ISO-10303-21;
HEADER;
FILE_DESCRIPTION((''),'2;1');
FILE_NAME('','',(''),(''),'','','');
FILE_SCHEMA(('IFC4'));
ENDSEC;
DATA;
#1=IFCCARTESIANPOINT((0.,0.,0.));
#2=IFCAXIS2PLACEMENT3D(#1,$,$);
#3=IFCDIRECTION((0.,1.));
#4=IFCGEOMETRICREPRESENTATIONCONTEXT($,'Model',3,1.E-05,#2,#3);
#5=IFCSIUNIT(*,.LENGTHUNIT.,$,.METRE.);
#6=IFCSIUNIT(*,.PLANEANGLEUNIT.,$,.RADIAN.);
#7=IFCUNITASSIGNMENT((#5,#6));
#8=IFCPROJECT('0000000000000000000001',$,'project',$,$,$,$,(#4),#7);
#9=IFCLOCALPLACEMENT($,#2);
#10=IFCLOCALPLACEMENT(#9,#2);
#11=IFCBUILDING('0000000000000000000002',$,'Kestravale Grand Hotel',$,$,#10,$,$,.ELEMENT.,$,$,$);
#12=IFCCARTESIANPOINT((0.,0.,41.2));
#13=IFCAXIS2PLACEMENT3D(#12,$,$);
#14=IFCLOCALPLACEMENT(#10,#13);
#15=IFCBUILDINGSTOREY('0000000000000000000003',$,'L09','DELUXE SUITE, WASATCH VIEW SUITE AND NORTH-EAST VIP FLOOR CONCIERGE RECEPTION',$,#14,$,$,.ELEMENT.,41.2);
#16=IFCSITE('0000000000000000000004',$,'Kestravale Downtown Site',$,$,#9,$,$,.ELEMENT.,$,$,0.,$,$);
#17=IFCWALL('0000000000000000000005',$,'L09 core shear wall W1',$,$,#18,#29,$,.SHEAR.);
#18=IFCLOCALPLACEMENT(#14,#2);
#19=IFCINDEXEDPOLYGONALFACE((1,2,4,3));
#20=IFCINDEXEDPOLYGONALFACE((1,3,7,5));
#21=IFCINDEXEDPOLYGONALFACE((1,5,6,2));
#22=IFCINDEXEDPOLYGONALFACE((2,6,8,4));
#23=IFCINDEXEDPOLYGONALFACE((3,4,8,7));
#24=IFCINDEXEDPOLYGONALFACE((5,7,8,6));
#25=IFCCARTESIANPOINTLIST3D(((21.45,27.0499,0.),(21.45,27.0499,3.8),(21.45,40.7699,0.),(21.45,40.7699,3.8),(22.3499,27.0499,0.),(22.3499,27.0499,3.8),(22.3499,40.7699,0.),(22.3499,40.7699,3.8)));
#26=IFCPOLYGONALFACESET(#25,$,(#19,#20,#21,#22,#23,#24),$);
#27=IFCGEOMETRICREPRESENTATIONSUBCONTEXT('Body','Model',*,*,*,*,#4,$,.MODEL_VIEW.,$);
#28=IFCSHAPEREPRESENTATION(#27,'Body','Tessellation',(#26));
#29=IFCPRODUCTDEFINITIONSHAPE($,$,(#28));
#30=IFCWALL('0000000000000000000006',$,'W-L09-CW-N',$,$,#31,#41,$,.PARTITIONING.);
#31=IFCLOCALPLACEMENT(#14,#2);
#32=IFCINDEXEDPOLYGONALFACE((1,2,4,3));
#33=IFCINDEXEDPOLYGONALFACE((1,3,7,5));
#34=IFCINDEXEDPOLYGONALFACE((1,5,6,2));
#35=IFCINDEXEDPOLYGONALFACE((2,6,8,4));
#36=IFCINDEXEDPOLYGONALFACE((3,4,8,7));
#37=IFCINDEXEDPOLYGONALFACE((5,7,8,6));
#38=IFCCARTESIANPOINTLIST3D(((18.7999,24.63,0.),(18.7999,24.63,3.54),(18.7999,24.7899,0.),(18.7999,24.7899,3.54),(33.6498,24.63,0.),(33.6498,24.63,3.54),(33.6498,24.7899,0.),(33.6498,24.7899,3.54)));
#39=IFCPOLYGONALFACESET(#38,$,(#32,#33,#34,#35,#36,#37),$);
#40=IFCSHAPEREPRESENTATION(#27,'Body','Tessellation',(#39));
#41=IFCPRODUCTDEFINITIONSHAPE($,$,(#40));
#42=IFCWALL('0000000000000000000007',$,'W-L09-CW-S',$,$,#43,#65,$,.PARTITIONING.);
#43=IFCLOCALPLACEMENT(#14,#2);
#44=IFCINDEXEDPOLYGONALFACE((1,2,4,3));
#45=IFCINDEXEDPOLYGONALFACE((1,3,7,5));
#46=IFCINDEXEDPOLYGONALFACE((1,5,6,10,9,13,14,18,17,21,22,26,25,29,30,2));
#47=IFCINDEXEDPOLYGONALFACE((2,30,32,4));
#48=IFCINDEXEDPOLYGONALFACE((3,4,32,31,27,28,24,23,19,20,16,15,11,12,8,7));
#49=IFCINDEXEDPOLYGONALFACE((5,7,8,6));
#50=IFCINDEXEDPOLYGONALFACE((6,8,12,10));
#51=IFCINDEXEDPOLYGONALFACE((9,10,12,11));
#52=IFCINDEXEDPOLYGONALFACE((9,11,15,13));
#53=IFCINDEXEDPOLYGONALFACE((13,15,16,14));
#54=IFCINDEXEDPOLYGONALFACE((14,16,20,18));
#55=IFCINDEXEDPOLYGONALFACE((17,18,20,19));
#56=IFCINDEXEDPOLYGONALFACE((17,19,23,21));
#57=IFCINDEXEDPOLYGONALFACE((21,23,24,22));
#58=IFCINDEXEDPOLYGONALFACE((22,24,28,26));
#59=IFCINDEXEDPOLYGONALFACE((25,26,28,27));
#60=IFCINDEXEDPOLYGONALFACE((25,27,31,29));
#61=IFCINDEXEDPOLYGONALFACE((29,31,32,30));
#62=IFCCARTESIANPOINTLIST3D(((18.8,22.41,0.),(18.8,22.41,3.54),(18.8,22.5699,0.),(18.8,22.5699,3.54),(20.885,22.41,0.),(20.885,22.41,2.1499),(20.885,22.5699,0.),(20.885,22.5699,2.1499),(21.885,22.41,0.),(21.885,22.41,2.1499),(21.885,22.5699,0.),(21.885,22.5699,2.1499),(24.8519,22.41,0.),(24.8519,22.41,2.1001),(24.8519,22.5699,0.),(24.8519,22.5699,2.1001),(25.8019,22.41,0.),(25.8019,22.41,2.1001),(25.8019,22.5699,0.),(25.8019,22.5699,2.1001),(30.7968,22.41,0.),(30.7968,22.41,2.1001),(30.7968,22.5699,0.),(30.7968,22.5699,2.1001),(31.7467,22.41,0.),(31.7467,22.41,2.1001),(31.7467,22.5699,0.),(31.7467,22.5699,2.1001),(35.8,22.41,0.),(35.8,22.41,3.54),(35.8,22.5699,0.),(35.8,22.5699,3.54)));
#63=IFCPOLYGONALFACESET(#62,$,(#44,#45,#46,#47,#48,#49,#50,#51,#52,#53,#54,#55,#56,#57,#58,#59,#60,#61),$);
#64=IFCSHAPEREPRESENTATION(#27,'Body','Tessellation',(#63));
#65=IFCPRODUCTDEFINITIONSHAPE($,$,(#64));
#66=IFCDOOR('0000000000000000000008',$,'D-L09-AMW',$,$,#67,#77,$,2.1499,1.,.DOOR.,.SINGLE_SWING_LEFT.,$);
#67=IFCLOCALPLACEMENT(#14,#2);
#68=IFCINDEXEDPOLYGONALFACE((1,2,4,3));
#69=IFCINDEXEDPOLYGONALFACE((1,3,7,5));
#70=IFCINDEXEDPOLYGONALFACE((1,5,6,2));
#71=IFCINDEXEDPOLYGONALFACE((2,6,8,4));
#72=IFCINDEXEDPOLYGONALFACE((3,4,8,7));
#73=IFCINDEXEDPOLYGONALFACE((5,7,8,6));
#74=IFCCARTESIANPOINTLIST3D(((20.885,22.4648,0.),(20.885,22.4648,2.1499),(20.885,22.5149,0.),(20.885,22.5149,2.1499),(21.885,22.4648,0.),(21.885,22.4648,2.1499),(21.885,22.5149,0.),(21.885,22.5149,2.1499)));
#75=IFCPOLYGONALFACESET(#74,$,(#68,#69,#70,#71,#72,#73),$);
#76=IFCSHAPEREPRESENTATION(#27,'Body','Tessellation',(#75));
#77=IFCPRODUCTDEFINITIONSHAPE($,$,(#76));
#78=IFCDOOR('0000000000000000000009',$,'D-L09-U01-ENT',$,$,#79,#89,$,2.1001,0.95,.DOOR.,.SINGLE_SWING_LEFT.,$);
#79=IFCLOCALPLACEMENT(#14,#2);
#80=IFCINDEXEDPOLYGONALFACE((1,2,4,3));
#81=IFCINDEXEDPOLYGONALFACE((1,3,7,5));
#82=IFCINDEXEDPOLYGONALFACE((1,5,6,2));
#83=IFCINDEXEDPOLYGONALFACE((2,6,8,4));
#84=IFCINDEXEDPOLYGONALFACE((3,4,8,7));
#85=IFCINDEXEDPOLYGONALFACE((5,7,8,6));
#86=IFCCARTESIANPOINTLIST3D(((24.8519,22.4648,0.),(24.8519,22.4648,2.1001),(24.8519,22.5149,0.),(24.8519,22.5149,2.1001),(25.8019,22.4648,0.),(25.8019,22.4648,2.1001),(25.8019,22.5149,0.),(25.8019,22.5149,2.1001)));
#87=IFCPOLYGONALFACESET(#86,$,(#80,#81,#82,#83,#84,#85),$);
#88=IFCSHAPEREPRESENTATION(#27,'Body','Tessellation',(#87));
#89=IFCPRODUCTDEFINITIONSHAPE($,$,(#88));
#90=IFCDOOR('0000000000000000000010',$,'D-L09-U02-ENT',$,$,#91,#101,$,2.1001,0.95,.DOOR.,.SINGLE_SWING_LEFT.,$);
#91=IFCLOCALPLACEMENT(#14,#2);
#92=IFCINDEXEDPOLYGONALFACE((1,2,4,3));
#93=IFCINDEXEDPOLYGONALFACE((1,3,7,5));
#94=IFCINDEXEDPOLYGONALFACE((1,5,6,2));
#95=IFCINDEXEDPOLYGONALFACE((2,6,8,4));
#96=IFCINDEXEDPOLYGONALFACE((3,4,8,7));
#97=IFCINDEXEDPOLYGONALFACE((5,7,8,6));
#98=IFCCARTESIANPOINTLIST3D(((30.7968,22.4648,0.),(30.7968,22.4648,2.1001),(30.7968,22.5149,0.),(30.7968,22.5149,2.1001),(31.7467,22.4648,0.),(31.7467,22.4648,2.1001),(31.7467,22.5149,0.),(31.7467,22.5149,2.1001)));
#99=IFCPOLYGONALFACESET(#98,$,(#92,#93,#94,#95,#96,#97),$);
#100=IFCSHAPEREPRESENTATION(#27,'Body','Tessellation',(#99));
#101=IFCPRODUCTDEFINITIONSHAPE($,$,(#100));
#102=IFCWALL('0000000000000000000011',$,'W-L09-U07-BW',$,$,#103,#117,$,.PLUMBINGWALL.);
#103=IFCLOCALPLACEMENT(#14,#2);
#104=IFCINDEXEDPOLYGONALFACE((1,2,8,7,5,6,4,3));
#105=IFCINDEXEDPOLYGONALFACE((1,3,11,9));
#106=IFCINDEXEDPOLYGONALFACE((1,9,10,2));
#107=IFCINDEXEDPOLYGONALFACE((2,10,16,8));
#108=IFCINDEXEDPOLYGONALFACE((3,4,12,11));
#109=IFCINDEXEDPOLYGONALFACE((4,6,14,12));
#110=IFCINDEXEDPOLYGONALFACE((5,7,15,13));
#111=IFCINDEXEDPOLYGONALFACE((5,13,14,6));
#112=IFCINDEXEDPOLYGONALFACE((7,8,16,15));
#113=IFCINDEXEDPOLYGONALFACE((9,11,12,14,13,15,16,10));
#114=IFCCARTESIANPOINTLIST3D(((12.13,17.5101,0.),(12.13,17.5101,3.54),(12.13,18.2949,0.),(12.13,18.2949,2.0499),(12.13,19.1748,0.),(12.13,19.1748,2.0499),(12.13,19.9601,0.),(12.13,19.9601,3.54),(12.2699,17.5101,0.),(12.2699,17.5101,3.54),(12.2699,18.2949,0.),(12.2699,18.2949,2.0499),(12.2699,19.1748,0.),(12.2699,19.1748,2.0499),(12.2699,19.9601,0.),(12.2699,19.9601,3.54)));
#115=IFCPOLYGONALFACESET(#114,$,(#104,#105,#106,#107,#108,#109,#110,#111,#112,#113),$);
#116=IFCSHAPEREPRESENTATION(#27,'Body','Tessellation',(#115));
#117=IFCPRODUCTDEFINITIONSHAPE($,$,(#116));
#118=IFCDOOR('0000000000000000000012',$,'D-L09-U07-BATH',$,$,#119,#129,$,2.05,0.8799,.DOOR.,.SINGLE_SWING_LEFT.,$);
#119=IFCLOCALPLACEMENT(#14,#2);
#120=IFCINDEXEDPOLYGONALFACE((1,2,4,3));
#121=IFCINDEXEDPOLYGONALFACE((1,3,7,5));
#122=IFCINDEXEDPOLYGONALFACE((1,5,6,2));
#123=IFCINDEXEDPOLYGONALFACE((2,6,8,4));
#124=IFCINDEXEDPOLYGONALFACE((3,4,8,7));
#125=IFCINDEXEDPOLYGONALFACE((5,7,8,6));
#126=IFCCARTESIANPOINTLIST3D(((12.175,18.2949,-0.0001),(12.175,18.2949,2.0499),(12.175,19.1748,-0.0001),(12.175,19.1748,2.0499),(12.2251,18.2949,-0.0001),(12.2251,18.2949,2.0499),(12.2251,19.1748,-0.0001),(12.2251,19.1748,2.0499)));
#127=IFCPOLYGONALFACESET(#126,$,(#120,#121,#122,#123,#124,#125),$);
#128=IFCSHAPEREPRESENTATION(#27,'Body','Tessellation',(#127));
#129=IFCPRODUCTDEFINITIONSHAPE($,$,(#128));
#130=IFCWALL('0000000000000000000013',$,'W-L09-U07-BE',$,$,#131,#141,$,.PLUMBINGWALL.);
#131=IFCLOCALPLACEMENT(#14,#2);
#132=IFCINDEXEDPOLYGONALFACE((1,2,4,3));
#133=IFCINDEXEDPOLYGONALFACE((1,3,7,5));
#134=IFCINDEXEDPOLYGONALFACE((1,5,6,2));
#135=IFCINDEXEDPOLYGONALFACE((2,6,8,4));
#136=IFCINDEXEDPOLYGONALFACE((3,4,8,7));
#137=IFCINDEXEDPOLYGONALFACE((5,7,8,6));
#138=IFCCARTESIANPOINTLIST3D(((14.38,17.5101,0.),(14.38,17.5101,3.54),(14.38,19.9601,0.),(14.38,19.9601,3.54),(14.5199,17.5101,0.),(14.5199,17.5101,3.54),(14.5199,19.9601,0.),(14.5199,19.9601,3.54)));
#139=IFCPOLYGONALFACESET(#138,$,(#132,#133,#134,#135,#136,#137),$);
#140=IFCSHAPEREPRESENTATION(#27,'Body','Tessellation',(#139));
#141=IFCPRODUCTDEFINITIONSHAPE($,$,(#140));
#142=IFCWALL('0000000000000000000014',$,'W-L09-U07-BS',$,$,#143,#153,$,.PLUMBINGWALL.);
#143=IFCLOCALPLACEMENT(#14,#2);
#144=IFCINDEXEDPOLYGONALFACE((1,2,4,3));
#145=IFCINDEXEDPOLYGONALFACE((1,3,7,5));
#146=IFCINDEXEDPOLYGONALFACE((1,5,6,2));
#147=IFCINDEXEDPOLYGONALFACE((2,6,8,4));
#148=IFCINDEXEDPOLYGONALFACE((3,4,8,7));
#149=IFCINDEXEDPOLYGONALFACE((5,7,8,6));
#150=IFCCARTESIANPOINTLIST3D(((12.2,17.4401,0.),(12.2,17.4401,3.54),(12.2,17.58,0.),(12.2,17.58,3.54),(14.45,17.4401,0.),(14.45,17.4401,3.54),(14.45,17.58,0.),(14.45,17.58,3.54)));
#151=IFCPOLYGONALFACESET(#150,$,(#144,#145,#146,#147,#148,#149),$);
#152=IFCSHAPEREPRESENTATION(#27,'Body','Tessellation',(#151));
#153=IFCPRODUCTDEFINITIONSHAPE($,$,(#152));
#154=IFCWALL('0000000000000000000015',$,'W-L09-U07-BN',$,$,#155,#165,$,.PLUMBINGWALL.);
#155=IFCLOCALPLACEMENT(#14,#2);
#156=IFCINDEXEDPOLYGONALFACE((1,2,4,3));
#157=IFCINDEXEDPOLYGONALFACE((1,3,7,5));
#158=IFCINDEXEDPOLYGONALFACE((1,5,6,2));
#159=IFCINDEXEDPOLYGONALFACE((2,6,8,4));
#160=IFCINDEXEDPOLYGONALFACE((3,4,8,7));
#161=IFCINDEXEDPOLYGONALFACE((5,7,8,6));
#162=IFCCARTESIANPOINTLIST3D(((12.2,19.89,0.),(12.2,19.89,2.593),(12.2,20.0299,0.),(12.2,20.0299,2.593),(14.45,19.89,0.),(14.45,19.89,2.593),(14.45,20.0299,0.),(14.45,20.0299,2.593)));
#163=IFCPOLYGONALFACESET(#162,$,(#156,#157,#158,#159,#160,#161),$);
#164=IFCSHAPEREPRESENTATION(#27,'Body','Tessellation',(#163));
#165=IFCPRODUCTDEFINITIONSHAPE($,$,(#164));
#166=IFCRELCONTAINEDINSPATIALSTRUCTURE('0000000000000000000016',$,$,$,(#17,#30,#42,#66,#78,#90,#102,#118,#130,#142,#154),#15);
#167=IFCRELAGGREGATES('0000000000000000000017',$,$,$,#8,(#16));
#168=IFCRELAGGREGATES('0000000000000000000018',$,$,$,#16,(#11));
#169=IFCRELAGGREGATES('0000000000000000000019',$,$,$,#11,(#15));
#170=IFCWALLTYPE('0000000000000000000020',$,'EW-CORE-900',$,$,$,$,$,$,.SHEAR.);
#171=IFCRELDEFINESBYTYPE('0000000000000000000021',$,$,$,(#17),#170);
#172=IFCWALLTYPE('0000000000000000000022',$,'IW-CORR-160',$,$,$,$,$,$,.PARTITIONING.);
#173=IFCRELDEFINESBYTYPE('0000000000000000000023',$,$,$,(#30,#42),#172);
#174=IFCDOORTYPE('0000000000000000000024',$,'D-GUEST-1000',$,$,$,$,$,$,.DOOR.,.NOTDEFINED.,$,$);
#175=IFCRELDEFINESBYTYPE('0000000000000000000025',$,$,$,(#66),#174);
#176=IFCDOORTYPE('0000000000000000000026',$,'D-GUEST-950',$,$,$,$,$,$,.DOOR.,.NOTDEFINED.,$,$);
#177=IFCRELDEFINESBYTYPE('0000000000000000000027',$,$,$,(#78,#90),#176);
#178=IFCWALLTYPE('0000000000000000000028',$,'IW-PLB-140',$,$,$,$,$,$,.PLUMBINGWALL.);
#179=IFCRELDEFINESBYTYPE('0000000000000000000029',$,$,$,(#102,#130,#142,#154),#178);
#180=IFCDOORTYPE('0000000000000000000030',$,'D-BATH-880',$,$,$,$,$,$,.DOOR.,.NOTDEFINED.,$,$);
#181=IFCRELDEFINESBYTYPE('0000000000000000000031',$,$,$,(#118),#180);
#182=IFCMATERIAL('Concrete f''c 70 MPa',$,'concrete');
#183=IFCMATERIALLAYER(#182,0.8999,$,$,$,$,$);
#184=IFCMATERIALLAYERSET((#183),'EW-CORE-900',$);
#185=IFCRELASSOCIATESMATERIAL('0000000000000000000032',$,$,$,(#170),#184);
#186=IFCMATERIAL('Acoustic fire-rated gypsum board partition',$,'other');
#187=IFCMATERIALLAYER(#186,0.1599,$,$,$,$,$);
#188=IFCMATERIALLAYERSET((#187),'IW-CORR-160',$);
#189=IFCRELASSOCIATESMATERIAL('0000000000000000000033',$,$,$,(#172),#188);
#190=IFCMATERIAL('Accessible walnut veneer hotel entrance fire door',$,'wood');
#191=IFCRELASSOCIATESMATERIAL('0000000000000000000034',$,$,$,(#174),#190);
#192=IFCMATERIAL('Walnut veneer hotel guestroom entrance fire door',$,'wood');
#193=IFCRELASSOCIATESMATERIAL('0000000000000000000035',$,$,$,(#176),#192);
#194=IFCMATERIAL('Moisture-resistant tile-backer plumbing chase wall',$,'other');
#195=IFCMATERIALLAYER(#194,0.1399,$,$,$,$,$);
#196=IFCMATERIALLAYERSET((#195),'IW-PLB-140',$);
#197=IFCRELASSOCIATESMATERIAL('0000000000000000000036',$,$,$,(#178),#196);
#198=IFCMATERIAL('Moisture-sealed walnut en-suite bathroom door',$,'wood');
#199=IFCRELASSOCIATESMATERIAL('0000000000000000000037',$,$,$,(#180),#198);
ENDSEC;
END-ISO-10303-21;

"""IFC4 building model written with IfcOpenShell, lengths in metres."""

from ifc_helpers import new_model, si_unit, direction, frame, frame_2d, origin, place, context, subcontext, project, spatial, rectangle, extrude, material, layer, layer_set, type_object, element, fill, save


model = new_model("IFC4")

# Units and contexts
model_context = context("Model", 3, precision=1e-05, world=origin(), true_north=direction((0.0, 1.0)))
body_context = subcontext(model_context, "Body", "Model", "MODEL_VIEW")
ifc_project = project(units=[si_unit("LENGTHUNIT", "METRE"), si_unit("PLANEANGLEUNIT", "RADIAN")], contexts=[model_context])

# Site, building, storey
site_placement = place(None, origin())
site = spatial("IfcSite", under=ifc_project, at=site_placement, Name="Kestravale Downtown Site", CompositionType="ELEMENT", RefElevation=0.0)
building_placement = place(site_placement, origin())
building = spatial("IfcBuilding", under=site, at=building_placement, Name="Kestravale Grand Hotel", CompositionType="ELEMENT")
storey_placement = place(building_placement, frame((0.0, 0.0, 41.2)))
storey = spatial("IfcBuildingStorey", under=building, at=storey_placement, Name="L09", Description="DELUXE SUITE, WASATCH VIEW SUITE AND NORTH-EAST VIP FLOOR CONCIERGE RECEPTION", CompositionType="ELEMENT", Elevation=41.2)

# Walls
ifc_material_1 = material(Name="Concrete f'c 70 MPa", Category="concrete")
ifc_layer_1 = layer(ifc_material_1, 0.8999)
ifc_layer_set_1 = layer_set([ifc_layer_1], Name="EW-CORE-900")
wall_type_1 = type_object("IfcWallType", Name="EW-CORE-900", PredefinedType="SHEAR", material=ifc_layer_set_1)
wall_1_placement = place(storey_placement, frame((21.8999, 27.05, 0.0), z_axis=(0.0, 0.0, 1.0), x_axis=(0.0, 1.0, 0.0)))
element("IfcWall", 1, at=wall_1_placement, inside=storey, type_object=wall_type_1, Name="L09 core shear wall W1", PredefinedType="SHEAR", context=body_context, shape_type="SweptSolid", body=[
    extrude(rectangle(XDim=13.72, YDim=0.8999, at=frame_2d((6.8599, 0.0))), origin(), (0.0, 0.0, 1.0), 3.8),
])
ifc_material_2 = material(Name="Acoustic fire-rated gypsum board partition", Category="other")
ifc_layer_2 = layer(ifc_material_2, 0.1599)
ifc_layer_set_2 = layer_set([ifc_layer_2], Name="IW-CORR-160")
wall_type_2 = type_object("IfcWallType", Name="IW-CORR-160", PredefinedType="PARTITIONING", material=ifc_layer_set_2)
wall_2_placement = place(storey_placement, frame((18.8, 24.71, 0.0), z_axis=(0.0, 0.0, 1.0), x_axis=(1.0, 0.0, 0.0)))
element("IfcWall", 2, at=wall_2_placement, inside=storey, type_object=wall_type_2, Name="W-L09-CW-N", PredefinedType="PARTITIONING", context=body_context, shape_type="SweptSolid", body=[
    extrude(rectangle(XDim=14.8499, YDim=0.1599, at=frame_2d((7.4248, 0.0))), origin(), (0.0, 0.0, 1.0), 3.54),
])

# Wall, openings, doors
wall_3_placement = place(storey_placement, frame((18.8, 22.49, 0.0), z_axis=(0.0, 0.0, 1.0), x_axis=(1.0, 0.0, 0.0)))
wall_3 = element("IfcWall", 3, at=wall_3_placement, inside=storey, type_object=wall_type_2, Name="W-L09-CW-S", PredefinedType="PARTITIONING", context=body_context, shape_type="SweptSolid", body=[
    extrude(rectangle(XDim=17.0, YDim=0.1599, at=frame_2d((8.5, 0.0))), origin(), (0.0, 0.0, 1.0), 3.54),
])
opening_1_placement = place(wall_3_placement, frame((2.085, 0.0, 0.0)))
opening_1 = element("IfcOpeningElement", 4, at=opening_1_placement, cuts=wall_3, PredefinedType="OPENING", context=body_context, shape_type="SweptSolid", body=[
    extrude(rectangle(XDim=1.0, YDim=2.1499, at=frame_2d((0.5, 1.075))), frame((0.0, 0.0898, 0.0), z_axis=(0.0, -1.0, 0.0), x_axis=(1.0, 0.0, 0.0)), (0.0, 0.0, 1.0), 0.1799),
])
opening_2_placement = place(wall_3_placement, frame((6.0518, 0.0, 0.0)))
opening_2 = element("IfcOpeningElement", 5, at=opening_2_placement, cuts=wall_3, PredefinedType="OPENING", context=body_context, shape_type="SweptSolid", body=[
    extrude(rectangle(XDim=0.95, YDim=2.1001, at=frame_2d((0.4751, 1.05))), frame((0.0, 0.0898, 0.0), z_axis=(0.0, -1.0, 0.0), x_axis=(1.0, 0.0, 0.0)), (0.0, 0.0, 1.0), 0.1799),
])
opening_3_placement = place(wall_3_placement, frame((11.9966, 0.0, 0.0)))
opening_3 = element("IfcOpeningElement", 6, at=opening_3_placement, cuts=wall_3, PredefinedType="OPENING", context=body_context, shape_type="SweptSolid", body=[
    extrude(rectangle(XDim=0.95, YDim=2.1001, at=frame_2d((0.4751, 1.05))), frame((0.0, 0.0898, 0.0), z_axis=(0.0, -1.0, 0.0), x_axis=(1.0, 0.0, 0.0)), (0.0, 0.0, 1.0), 0.1799),
])
ifc_material_3 = material(Name="Accessible walnut veneer hotel entrance fire door", Category="wood")
door_type_1 = type_object("IfcDoorType", Name="D-GUEST-1000", OperationType="NOTDEFINED", PredefinedType="DOOR", material=ifc_material_3)
door_1_placement = place(opening_1_placement, origin())
door_1 = element("IfcDoor", 7, at=door_1_placement, inside=storey, type_object=door_type_1, Name="D-L09-AMW", OperationType="SINGLE_SWING_LEFT", OverallHeight=2.1499, OverallWidth=1.0, PredefinedType="DOOR", context=body_context, shape_type="SweptSolid", body=[
    extrude(rectangle(XDim=1.0, YDim=2.1499, at=frame_2d((0.5, 1.075))), frame((0.0, 0.0249, 0.0), z_axis=(0.0, -1.0, 0.0), x_axis=(1.0, 0.0, 0.0)), (0.0, 0.0, 1.0), 0.05),
])
fill(opening_1, door_1)
ifc_material_4 = material(Name="Walnut veneer hotel guestroom entrance fire door", Category="wood")
door_type_2 = type_object("IfcDoorType", Name="D-GUEST-950", OperationType="NOTDEFINED", PredefinedType="DOOR", material=ifc_material_4)
door_2_placement = place(opening_2_placement, origin())
door_2 = element("IfcDoor", 8, at=door_2_placement, inside=storey, type_object=door_type_2, Name="D-L09-U01-ENT", OperationType="SINGLE_SWING_LEFT", OverallHeight=2.1001, OverallWidth=0.95, PredefinedType="DOOR", context=body_context, shape_type="SweptSolid", body=[
    extrude(rectangle(XDim=0.95, YDim=2.1001, at=frame_2d((0.4751, 1.05))), frame((0.0, 0.0249, 0.0), z_axis=(0.0, -1.0, 0.0), x_axis=(1.0, 0.0, 0.0)), (0.0, 0.0, 1.0), 0.05),
])
fill(opening_2, door_2)
door_3_placement = place(opening_3_placement, origin())
door_3 = element("IfcDoor", 9, at=door_3_placement, inside=storey, type_object=door_type_2, Name="D-L09-U02-ENT", OperationType="SINGLE_SWING_LEFT", OverallHeight=2.1001, OverallWidth=0.95, PredefinedType="DOOR", context=body_context, shape_type="SweptSolid", body=[
    extrude(rectangle(XDim=0.95, YDim=2.1001, at=frame_2d((0.4751, 1.05))), frame((0.0, 0.0249, 0.0), z_axis=(0.0, -1.0, 0.0), x_axis=(1.0, 0.0, 0.0)), (0.0, 0.0, 1.0), 0.05),
])
fill(opening_3, door_3)

# Wall, opening, door
ifc_material_5 = material(Name="Moisture-resistant tile-backer plumbing chase wall", Category="other")
ifc_layer_3 = layer(ifc_material_5, 0.1399)
ifc_layer_set_3 = layer_set([ifc_layer_3], Name="IW-PLB-140")
wall_type_3 = type_object("IfcWallType", Name="IW-PLB-140", PredefinedType="PLUMBINGWALL", material=ifc_layer_set_3)
wall_4_placement = place(storey_placement, frame((12.2, 17.51, 0.0), z_axis=(0.0, 0.0, 1.0), x_axis=(0.0, 1.0, 0.0)))
wall_4 = element("IfcWall", 10, at=wall_4_placement, inside=storey, type_object=wall_type_3, Name="W-L09-U07-BW", PredefinedType="PLUMBINGWALL", context=body_context, shape_type="SweptSolid", body=[
    extrude(rectangle(XDim=2.45, YDim=0.1399, at=frame_2d((1.2251, 0.0))), origin(), (0.0, 0.0, 1.0), 3.54),
])
opening_4_placement = place(wall_4_placement, frame((0.7849, 0.0, 0.0)))
opening_4 = element("IfcOpeningElement", 11, at=opening_4_placement, cuts=wall_4, PredefinedType="OPENING", context=body_context, shape_type="SweptSolid", body=[
    extrude(rectangle(XDim=0.8799, YDim=2.05, at=frame_2d((0.4399, 1.0249))), frame((0.0, 0.0798, 0.0), z_axis=(0.0, -1.0, 0.0), x_axis=(1.0, 0.0, 0.0)), (0.0, 0.0, 1.0), 0.1599),
])
ifc_material_6 = material(Name="Moisture-sealed walnut en-suite bathroom door", Category="wood")
door_type_3 = type_object("IfcDoorType", Name="D-BATH-880", OperationType="NOTDEFINED", PredefinedType="DOOR", material=ifc_material_6)
door_4_placement = place(opening_4_placement, origin())
door_4 = element("IfcDoor", 12, at=door_4_placement, inside=storey, type_object=door_type_3, Name="D-L09-U07-BATH", OperationType="SINGLE_SWING_LEFT", OverallHeight=2.05, OverallWidth=0.8799, PredefinedType="DOOR", context=body_context, shape_type="SweptSolid", body=[
    extrude(rectangle(XDim=0.8799, YDim=2.05, at=frame_2d((0.4399, 1.0249))), frame((0.0, 0.0249, 0.0), z_axis=(0.0, -1.0, 0.0), x_axis=(1.0, 0.0, 0.0)), (0.0, 0.0, 1.0), 0.05),
])
fill(opening_4, door_4)

# Walls
wall_5_placement = place(storey_placement, frame((14.45, 17.51, 0.0), z_axis=(0.0, 0.0, 1.0), x_axis=(0.0, 1.0, 0.0)))
element("IfcWall", 13, at=wall_5_placement, inside=storey, type_object=wall_type_3, Name="W-L09-U07-BE", PredefinedType="PLUMBINGWALL", context=body_context, shape_type="SweptSolid", body=[
    extrude(rectangle(XDim=2.45, YDim=0.1399, at=frame_2d((1.2251, 0.0))), origin(), (0.0, 0.0, 1.0), 3.54),
])
wall_6_placement = place(storey_placement, frame((12.2, 17.51, 0.0), z_axis=(0.0, 0.0, 1.0), x_axis=(1.0, 0.0, 0.0)))
element("IfcWall", 14, at=wall_6_placement, inside=storey, type_object=wall_type_3, Name="W-L09-U07-BS", PredefinedType="PLUMBINGWALL", context=body_context, shape_type="SweptSolid", body=[
    extrude(rectangle(XDim=2.25, YDim=0.1399, at=frame_2d((1.125, 0.0))), origin(), (0.0, 0.0, 1.0), 3.54),
])
wall_7_placement = place(storey_placement, frame((12.2, 19.96, 0.0), z_axis=(0.0, 0.0, 1.0), x_axis=(1.0, 0.0, 0.0)))
element("IfcWall", 15, at=wall_7_placement, inside=storey, type_object=wall_type_3, Name="W-L09-U07-BN", PredefinedType="PLUMBINGWALL", context=body_context, shape_type="SweptSolid", body=[
    extrude(rectangle(XDim=2.25, YDim=0.1399, at=frame_2d((1.125, 0.0))), origin(), (0.0, 0.0, 1.0), 2.593),
])

save(model, "model.ifc")
